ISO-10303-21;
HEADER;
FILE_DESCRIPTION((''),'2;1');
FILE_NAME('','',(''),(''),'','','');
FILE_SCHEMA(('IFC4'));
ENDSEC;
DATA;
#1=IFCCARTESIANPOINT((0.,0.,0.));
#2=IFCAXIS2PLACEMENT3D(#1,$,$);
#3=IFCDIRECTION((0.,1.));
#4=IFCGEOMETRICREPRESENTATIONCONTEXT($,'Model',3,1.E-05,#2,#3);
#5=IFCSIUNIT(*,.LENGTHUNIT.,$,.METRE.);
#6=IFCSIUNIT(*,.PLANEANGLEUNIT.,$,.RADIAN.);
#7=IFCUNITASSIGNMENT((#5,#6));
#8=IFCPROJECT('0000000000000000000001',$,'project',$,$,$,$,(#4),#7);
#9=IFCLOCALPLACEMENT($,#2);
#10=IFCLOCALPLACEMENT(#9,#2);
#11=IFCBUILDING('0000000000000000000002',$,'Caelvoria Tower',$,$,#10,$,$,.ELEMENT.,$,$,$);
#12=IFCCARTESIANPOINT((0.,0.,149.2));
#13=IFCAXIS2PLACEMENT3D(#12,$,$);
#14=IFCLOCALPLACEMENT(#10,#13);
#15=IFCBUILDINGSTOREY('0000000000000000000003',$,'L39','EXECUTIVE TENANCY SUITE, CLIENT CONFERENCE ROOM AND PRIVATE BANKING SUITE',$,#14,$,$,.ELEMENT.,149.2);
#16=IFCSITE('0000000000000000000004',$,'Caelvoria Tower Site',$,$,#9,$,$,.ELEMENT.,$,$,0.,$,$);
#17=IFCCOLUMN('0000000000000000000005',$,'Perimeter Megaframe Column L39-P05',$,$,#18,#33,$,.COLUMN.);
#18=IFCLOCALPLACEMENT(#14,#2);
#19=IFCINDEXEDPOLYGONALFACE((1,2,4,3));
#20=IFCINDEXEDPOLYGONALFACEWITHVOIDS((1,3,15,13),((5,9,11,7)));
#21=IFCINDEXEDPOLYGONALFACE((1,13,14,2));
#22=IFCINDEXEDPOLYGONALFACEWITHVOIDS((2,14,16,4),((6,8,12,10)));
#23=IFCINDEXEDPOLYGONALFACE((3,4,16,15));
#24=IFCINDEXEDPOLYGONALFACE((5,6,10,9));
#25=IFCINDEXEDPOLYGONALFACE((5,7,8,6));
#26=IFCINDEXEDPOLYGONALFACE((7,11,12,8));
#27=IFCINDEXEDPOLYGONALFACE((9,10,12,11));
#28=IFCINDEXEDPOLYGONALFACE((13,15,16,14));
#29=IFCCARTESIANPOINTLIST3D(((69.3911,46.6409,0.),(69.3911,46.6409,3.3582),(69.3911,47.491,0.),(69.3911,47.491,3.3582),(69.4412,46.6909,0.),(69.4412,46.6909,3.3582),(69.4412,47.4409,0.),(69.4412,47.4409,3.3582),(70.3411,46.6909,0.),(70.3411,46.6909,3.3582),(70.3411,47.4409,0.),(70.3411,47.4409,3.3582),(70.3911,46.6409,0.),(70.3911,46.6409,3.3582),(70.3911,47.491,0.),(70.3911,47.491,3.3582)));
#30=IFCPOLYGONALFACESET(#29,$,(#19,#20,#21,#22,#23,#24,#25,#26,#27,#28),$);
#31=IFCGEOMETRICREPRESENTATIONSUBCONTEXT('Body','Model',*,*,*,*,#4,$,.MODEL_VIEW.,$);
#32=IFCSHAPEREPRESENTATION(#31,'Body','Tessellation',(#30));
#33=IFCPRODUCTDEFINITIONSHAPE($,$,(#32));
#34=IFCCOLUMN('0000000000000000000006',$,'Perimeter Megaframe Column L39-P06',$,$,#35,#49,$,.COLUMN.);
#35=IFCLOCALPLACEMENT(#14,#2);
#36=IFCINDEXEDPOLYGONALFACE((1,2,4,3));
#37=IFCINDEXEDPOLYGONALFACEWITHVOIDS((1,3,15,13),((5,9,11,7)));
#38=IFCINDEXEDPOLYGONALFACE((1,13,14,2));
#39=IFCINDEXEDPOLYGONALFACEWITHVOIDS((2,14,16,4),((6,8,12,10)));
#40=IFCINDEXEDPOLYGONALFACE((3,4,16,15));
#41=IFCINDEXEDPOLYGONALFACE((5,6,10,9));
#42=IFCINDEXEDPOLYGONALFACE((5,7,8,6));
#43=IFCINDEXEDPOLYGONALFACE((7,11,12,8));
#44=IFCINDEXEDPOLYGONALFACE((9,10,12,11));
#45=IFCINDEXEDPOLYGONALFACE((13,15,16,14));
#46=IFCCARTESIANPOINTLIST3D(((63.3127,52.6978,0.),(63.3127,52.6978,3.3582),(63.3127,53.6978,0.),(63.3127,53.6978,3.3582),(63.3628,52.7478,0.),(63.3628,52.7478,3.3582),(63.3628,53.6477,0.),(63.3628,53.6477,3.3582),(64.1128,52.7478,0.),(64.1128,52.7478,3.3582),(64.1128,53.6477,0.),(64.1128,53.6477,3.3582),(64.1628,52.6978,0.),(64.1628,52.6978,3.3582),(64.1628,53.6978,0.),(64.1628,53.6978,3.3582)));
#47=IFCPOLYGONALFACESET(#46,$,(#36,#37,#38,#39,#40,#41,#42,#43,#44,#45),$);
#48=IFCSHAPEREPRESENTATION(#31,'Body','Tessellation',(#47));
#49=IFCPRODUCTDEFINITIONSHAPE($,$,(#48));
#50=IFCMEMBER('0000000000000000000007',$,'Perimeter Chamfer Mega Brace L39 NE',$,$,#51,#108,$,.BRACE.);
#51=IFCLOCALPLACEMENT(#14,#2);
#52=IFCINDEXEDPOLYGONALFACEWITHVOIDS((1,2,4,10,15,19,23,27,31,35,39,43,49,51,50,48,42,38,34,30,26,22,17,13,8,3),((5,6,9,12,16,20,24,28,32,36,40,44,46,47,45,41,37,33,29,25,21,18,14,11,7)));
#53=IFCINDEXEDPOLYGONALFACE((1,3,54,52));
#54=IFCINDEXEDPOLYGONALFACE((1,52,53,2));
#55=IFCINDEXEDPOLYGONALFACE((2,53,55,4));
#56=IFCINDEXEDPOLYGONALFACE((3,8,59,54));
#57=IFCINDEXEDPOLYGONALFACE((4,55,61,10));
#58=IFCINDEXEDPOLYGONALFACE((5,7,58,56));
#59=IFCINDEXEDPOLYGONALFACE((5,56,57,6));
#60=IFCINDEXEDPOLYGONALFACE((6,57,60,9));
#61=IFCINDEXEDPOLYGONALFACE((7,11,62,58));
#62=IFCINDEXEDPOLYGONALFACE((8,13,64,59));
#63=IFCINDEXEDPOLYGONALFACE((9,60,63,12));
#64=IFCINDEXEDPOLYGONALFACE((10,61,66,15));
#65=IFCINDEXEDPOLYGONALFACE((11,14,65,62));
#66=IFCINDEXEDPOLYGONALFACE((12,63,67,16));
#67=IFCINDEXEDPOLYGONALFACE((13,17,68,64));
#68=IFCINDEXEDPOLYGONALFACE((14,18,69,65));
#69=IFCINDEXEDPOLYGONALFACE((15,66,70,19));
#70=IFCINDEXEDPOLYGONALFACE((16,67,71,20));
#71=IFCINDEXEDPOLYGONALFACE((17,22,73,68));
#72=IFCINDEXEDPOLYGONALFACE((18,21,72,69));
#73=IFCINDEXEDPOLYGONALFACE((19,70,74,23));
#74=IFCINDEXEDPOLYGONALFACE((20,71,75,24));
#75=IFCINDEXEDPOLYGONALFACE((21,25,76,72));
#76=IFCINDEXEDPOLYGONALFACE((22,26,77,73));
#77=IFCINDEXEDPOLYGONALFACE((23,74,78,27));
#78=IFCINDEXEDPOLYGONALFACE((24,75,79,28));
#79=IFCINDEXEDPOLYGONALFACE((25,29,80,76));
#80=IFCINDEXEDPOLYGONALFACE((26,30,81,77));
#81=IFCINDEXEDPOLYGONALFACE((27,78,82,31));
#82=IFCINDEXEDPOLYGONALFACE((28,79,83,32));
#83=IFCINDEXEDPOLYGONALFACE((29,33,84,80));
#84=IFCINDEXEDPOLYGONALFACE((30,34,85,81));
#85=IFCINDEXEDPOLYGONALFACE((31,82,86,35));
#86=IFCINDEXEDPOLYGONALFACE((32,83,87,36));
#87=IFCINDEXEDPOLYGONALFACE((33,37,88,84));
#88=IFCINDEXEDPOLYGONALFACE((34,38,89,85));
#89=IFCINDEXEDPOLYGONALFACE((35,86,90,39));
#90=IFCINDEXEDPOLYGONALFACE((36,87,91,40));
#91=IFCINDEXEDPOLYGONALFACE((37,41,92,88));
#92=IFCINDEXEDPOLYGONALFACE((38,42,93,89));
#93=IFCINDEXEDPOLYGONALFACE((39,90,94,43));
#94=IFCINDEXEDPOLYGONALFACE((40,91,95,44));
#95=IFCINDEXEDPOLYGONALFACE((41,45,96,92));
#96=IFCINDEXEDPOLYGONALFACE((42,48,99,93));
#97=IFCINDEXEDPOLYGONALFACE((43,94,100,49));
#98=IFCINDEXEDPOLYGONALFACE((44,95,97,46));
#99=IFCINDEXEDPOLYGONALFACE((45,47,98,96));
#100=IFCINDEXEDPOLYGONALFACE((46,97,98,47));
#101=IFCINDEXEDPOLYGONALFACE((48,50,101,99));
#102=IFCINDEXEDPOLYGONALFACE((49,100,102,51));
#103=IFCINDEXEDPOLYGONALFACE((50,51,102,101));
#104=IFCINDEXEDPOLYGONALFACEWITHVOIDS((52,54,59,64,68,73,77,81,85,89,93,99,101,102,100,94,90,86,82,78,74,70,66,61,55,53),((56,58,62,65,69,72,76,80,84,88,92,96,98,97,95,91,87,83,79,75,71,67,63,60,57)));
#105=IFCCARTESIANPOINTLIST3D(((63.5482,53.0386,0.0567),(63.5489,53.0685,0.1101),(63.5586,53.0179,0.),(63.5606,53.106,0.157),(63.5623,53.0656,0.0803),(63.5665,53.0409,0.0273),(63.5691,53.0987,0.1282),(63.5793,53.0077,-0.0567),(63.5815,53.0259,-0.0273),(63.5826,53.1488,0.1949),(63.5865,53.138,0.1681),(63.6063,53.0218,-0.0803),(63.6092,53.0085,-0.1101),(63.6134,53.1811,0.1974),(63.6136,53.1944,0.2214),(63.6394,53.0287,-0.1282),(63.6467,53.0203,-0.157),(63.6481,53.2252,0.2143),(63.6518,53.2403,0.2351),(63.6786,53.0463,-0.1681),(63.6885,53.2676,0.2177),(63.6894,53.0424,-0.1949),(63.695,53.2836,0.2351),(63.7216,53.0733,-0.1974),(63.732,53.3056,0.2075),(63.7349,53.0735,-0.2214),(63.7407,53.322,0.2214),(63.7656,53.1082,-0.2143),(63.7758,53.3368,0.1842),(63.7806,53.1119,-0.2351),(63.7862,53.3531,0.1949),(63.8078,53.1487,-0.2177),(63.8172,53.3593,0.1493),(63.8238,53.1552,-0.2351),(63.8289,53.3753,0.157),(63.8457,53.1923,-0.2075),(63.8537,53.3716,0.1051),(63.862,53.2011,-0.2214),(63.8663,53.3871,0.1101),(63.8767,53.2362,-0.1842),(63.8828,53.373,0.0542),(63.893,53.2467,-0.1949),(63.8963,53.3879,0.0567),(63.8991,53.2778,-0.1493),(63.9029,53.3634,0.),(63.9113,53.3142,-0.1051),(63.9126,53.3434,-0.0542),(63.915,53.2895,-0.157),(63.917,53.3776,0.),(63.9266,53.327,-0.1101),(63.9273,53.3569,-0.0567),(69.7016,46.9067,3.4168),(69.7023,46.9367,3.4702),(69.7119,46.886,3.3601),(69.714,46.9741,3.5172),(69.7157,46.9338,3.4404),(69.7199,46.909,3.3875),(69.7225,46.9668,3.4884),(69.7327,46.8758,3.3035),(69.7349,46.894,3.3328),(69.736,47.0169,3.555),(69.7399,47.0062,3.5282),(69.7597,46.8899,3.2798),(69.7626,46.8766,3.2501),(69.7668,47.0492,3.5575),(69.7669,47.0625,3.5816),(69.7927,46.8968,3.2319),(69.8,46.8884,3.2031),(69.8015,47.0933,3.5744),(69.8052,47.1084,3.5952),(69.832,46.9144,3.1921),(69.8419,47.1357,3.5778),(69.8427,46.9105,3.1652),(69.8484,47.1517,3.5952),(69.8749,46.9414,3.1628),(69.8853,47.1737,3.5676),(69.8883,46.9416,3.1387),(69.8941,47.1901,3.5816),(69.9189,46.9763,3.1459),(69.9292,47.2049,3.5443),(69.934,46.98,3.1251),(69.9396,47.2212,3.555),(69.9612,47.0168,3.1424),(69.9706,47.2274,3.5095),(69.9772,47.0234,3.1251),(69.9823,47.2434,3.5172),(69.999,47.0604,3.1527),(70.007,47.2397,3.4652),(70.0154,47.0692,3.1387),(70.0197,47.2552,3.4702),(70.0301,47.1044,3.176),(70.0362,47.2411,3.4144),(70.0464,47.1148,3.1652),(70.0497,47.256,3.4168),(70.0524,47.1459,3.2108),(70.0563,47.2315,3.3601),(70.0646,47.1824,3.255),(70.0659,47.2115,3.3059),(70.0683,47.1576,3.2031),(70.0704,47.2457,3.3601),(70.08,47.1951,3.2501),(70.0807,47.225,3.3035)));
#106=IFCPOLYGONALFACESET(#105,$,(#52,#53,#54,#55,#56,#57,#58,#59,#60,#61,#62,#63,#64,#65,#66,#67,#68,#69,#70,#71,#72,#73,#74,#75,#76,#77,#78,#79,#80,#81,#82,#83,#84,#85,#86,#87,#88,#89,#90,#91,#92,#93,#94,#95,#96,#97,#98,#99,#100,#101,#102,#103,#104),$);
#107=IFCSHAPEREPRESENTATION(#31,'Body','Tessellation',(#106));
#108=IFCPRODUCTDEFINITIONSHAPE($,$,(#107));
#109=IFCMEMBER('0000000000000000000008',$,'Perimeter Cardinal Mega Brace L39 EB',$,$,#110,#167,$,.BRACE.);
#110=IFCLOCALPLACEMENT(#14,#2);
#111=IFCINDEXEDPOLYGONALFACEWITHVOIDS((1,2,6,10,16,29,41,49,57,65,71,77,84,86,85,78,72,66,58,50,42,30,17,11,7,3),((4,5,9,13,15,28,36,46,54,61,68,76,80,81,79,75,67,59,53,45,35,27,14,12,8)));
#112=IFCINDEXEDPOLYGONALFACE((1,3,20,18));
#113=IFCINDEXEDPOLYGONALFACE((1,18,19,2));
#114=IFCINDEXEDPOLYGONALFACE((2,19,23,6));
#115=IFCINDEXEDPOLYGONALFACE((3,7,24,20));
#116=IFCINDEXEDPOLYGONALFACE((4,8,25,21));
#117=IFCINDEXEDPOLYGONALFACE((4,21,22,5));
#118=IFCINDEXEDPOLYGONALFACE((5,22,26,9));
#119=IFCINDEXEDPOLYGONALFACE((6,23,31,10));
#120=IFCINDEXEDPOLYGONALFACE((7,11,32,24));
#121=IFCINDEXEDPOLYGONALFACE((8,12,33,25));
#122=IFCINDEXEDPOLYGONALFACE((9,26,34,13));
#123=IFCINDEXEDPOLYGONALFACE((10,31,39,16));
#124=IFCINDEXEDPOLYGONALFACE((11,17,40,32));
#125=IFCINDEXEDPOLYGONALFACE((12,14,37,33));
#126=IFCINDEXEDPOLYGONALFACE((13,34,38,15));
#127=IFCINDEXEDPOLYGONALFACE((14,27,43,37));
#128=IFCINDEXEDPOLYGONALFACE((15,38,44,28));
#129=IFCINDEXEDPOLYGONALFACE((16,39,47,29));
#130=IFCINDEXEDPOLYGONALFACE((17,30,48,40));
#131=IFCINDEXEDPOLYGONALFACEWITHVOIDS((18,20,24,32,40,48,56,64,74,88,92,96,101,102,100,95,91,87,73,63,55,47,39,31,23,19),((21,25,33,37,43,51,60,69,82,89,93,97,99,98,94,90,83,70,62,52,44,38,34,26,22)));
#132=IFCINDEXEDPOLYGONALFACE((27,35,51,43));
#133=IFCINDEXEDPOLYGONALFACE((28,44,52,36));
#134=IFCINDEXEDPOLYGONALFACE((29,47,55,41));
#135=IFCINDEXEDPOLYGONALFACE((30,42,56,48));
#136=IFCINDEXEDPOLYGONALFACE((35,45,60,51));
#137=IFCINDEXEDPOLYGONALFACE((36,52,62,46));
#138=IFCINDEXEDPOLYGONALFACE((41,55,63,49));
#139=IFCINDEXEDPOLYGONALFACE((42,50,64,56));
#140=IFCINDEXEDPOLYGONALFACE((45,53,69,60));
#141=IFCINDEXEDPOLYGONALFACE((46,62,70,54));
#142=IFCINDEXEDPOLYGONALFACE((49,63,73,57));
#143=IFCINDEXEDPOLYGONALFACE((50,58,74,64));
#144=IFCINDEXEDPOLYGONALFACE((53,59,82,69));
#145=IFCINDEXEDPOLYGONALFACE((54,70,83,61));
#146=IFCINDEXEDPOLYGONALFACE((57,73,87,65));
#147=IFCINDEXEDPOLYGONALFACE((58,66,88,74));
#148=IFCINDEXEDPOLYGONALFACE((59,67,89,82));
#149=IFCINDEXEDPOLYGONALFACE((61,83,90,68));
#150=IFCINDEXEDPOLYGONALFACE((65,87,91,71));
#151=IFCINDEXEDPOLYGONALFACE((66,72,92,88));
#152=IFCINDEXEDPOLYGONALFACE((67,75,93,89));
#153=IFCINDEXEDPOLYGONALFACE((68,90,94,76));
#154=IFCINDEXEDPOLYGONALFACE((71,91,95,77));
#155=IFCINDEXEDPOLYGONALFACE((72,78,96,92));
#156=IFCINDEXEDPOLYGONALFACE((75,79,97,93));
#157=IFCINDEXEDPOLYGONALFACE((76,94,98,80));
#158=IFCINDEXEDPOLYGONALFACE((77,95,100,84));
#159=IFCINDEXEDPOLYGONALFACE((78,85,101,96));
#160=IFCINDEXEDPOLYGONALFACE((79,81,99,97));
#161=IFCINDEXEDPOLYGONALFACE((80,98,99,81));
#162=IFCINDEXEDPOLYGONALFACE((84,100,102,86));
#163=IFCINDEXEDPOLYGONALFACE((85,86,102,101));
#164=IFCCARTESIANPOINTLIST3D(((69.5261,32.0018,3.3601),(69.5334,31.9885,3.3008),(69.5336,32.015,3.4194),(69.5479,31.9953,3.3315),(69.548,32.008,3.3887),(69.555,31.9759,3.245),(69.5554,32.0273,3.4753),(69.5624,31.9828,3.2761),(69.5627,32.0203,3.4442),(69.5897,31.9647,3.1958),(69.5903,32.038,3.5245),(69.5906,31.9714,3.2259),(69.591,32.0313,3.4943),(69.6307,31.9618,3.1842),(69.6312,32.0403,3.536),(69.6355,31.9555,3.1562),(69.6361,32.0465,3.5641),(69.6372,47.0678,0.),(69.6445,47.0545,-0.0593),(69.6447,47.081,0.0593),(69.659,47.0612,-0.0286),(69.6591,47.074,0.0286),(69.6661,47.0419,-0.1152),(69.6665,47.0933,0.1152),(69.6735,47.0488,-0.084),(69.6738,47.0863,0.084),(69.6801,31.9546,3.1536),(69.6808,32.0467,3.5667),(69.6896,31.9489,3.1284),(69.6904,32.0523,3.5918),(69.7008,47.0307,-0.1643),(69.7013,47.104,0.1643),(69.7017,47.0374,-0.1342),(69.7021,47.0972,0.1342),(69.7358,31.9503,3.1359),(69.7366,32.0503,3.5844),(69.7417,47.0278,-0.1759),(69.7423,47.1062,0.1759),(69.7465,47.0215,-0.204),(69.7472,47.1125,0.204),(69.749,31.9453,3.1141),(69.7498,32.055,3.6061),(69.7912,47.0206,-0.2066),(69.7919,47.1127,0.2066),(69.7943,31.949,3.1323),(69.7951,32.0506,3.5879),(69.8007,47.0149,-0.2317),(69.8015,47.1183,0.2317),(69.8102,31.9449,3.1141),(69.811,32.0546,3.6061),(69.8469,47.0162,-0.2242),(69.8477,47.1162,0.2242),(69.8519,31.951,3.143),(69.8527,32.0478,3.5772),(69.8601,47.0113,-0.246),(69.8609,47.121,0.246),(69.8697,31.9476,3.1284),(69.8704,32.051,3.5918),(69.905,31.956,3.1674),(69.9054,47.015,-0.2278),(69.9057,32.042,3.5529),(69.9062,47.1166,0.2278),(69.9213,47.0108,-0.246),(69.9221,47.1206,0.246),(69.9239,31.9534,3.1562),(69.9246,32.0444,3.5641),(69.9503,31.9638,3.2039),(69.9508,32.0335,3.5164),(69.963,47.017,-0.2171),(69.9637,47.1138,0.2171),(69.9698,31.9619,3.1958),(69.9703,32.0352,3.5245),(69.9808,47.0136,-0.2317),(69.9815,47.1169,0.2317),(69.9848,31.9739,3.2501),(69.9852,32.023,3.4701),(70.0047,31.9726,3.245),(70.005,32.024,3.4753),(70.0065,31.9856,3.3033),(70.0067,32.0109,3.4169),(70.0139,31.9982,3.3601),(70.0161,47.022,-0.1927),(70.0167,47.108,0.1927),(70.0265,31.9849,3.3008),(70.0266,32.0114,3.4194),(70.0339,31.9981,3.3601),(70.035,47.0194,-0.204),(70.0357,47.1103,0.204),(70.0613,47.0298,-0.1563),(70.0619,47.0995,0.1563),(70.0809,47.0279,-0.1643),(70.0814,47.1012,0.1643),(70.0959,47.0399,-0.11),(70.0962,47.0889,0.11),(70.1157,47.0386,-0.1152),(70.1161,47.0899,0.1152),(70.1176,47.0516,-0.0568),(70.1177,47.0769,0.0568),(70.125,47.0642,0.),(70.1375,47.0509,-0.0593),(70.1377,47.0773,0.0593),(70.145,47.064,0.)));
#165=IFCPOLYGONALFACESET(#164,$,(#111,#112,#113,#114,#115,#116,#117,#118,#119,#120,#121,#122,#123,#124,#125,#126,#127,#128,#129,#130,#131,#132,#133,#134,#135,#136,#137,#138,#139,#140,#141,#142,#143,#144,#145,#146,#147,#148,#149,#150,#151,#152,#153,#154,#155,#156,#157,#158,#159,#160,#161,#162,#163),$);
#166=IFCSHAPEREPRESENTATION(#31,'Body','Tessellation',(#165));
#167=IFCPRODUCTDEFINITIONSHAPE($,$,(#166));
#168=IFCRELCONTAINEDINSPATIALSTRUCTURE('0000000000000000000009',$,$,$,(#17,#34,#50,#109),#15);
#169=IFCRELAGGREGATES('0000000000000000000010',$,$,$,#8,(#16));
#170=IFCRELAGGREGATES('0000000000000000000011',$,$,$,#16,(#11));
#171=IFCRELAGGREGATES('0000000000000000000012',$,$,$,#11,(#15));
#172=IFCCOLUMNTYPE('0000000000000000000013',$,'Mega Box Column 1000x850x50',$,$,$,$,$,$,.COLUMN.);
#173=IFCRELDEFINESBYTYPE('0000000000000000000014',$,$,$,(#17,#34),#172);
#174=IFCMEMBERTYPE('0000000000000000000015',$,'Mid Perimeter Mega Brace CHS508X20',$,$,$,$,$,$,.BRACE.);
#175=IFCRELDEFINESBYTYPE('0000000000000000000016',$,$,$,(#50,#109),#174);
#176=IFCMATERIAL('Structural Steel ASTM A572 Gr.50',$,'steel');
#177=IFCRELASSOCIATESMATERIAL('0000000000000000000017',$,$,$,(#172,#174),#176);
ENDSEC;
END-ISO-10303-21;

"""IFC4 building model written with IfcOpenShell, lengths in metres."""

from ifc_helpers import new_model, si_unit, direction, frame, origin, origin_2d, place, context, subcontext, project, spatial, hollow_rectangle, hollow_circle, extrude, material, material_profile, profile_set, type_object, element, save


model = new_model("IFC4")

# Units and contexts
model_context = context("Model", 3, precision=1e-05, world=origin(), true_north=direction((0.0, 1.0)))
body_context = subcontext(model_context, "Body", "Model", "MODEL_VIEW")
ifc_project = project(units=[si_unit("LENGTHUNIT", "METRE"), si_unit("PLANEANGLEUNIT", "RADIAN")], contexts=[model_context])

# Site, building, storey
site_placement = place(None, origin())
site = spatial("IfcSite", under=ifc_project, at=site_placement, Name="Caelvoria Tower Site", CompositionType="ELEMENT", RefElevation=0.0)
building_placement = place(site_placement, origin())
building = spatial("IfcBuilding", under=site, at=building_placement, Name="Caelvoria Tower", CompositionType="ELEMENT")
storey_placement = place(building_placement, frame((0.0, 0.0, 149.2)))
storey = spatial("IfcBuildingStorey", under=building, at=storey_placement, Name="L39", Description="EXECUTIVE TENANCY SUITE, CLIENT CONFERENCE ROOM AND PRIVATE BANKING SUITE", CompositionType="ELEMENT", Elevation=149.2)

# Columns
ifc_material_1 = material(Name="Structural Steel ASTM A572 Gr.50", Category="steel")
ifc_material_profile_1 = material_profile(ifc_material_1, hollow_rectangle(XDim=0.8501, YDim=1.0, WallThickness=0.05, at=origin_2d()), Name="Structural Steel ASTM A572 Gr.50")
ifc_profile_set_1 = profile_set([ifc_material_profile_1], Name="BOX1000X850X50 - Structural Steel ASTM A572 Gr.50")
column_type = type_object("IfcColumnType", Name="Mega Box Column 1000x850x50", PredefinedType="COLUMN", material=ifc_profile_set_1)
for number, where, z_axis, x_axis, name in (
    (1, (69.8911, 47.0659, 0.0), (0.0, 0.0, 1.0), (0.0, 1.0, 0.0), "Perimeter Megaframe Column L39-P05"),
    (2, (63.7378, 53.1978, 0.0), (0.0, 0.0, 1.0), (1.0, 0.0, 0.0), "Perimeter Megaframe Column L39-P06"),
):
    element("IfcColumn", number, at=place(storey_placement, frame(where, z_axis=z_axis, x_axis=x_axis)), inside=storey, type_object=column_type, Name=name, PredefinedType="COLUMN", context=body_context, shape_type="SweptSolid", body=[
        extrude(hollow_rectangle(XDim=0.8501, YDim=1.0, WallThickness=0.05, at=origin_2d()), origin(), (0.0, 0.0, 1.0), 3.3582),
    ])

# Members
ifc_material_profile_2 = material_profile(ifc_material_1, hollow_circle(Radius=0.2539, WallThickness=0.02, at=origin_2d()), Name="Structural Steel ASTM A572 Gr.50")
ifc_profile_set_2 = profile_set([ifc_material_profile_2], Name="CHS508X20 - Structural Steel ASTM A572 Gr.50")
member_type = type_object("IfcMemberType", Name="Mid Perimeter Mega Brace CHS508X20", PredefinedType="BRACE", material=ifc_profile_set_2)
member_1_placement = place(storey_placement, frame((63.7378, 53.1978, 0.0), z_axis=(0.660643, -0.658337, 0.360754), x_axis=(0.705869, 0.708342, 0.0)))
element("IfcMember", 3, at=member_1_placement, inside=storey, type_object=member_type, Name="Perimeter Chamfer Mega Brace L39 NE", PredefinedType="BRACE", context=body_context, shape_type="SweptSolid", body=[
    extrude(hollow_circle(Radius=0.2539, WallThickness=0.02, at=origin_2d()), origin(), (0.0, 0.0, 1.0), 9.3142),
])
member_2_placement = place(storey_placement, frame((69.8911, 47.0659, 0.0), z_axis=(-0.007196, -0.975995, 0.217673), x_axis=(0.999973, -0.007373, 0.0)))
element("IfcMember", 4, at=member_2_placement, inside=storey, type_object=member_type, Name="Perimeter Cardinal Mega Brace L39 EB", PredefinedType="BRACE", context=body_context, shape_type="SweptSolid", body=[
    extrude(hollow_circle(Radius=0.2539, WallThickness=0.02, at=origin_2d()), origin(), (0.0, 0.0, 1.0), 15.4365),
])

save(model, "model.ifc")
